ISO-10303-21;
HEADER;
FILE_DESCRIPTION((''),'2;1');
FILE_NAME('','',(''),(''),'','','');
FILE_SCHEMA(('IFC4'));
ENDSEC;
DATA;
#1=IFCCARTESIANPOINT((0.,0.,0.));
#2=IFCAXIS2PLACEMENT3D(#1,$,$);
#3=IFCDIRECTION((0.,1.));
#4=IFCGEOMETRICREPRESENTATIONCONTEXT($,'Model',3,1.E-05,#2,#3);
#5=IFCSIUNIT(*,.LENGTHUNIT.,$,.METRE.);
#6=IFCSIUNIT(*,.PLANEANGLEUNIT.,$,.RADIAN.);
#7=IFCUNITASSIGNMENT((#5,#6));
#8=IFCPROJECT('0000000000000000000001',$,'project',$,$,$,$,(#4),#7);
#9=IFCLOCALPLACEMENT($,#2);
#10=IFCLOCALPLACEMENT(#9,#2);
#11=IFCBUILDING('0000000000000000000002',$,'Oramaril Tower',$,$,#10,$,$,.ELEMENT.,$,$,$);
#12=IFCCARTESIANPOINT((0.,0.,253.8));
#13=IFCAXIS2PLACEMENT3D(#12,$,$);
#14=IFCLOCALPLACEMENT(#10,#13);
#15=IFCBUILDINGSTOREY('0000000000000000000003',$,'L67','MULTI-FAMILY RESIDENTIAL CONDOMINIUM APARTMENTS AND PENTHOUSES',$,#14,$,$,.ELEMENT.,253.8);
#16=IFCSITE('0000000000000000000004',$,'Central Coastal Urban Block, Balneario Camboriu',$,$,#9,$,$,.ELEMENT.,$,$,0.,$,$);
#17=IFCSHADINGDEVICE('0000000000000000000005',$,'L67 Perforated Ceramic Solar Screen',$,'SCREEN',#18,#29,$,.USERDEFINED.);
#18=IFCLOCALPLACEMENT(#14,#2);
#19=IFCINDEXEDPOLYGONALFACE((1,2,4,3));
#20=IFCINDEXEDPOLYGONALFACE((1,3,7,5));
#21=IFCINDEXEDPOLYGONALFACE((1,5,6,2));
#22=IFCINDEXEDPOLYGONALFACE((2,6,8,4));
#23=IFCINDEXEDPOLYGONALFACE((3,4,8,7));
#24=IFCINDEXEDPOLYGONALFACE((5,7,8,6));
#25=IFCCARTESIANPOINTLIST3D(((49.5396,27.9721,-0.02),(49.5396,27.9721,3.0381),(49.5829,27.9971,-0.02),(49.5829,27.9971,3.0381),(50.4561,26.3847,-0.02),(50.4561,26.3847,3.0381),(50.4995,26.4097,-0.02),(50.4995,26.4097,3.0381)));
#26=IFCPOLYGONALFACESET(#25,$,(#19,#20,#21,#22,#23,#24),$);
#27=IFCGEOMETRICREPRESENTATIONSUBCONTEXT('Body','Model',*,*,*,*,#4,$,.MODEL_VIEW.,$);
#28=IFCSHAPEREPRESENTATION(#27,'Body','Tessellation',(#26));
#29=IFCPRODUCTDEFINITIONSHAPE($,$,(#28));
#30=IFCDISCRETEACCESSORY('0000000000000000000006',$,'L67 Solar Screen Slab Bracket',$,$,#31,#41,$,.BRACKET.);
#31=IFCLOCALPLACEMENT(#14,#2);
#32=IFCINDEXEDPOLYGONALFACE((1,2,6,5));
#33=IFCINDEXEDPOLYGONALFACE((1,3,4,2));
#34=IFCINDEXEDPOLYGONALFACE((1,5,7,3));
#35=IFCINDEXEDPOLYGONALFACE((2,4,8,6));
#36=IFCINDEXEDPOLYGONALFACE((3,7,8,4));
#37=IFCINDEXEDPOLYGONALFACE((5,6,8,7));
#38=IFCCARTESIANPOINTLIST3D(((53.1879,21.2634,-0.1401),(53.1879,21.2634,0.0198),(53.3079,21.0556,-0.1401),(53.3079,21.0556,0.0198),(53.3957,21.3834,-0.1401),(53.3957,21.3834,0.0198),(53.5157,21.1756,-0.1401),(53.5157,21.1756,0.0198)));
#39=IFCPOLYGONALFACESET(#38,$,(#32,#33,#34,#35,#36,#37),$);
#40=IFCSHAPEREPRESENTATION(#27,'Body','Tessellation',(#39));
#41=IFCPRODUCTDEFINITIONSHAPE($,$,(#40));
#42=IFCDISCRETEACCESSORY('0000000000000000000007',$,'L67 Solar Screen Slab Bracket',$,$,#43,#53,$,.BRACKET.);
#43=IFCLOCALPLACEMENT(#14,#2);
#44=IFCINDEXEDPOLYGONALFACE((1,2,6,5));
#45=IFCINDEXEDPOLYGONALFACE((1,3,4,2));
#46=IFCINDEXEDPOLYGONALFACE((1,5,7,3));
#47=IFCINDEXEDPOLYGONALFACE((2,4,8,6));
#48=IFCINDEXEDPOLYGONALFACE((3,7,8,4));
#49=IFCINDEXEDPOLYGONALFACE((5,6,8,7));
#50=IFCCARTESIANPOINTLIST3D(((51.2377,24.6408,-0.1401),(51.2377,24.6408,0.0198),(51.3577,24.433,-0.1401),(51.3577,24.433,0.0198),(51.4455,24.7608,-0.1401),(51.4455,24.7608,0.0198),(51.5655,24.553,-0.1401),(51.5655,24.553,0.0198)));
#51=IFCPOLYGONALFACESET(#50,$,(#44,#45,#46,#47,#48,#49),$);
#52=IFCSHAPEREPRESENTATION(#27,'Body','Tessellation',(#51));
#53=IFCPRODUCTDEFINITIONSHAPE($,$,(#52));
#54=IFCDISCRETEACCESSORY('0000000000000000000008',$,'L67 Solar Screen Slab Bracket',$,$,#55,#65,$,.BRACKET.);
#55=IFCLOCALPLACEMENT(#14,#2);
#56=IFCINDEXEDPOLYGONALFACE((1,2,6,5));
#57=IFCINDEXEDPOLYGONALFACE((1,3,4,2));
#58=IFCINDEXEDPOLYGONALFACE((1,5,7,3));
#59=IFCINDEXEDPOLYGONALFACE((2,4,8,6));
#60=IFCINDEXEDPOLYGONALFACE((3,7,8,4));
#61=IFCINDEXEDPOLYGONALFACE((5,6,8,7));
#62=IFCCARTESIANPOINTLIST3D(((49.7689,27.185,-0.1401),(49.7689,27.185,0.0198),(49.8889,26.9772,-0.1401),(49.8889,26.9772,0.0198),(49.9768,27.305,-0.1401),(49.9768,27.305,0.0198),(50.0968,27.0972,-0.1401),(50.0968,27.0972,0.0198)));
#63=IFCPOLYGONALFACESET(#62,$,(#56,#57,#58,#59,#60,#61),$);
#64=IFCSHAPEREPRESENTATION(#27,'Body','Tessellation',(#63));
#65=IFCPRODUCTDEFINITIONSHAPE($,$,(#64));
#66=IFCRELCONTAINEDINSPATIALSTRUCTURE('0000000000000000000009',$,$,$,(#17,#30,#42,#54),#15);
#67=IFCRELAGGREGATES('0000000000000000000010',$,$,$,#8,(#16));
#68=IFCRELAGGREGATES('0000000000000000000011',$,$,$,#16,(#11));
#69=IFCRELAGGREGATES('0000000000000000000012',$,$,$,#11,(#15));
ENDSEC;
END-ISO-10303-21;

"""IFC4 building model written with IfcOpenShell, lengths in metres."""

from ifc_helpers import new_model, si_unit, direction, frame, origin, origin_2d, place, context, subcontext, project, spatial, rectangle, extrude, element, save


model = new_model("IFC4")

# Units and contexts
model_context = context("Model", 3, precision=1e-05, world=origin(), true_north=direction((0.0, 1.0)))
body_context = subcontext(model_context, "Body", "Model", "MODEL_VIEW")
ifc_project = project(units=[si_unit("LENGTHUNIT", "METRE"), si_unit("PLANEANGLEUNIT", "RADIAN")], contexts=[model_context])

# Site, building, storey
site_placement = place(None, origin())
site = spatial("IfcSite", under=ifc_project, at=site_placement, Name="Central Coastal Urban Block, Balneario Camboriu", CompositionType="ELEMENT", RefElevation=0.0)
building_placement = place(site_placement, origin())
building = spatial("IfcBuilding", under=site, at=building_placement, Name="Oramaril Tower", CompositionType="ELEMENT")
storey_placement = place(building_placement, frame((0.0, 0.0, 253.8)))
storey = spatial("IfcBuildingStorey", under=building, at=storey_placement, Name="L67", Description="MULTI-FAMILY RESIDENTIAL CONDOMINIUM APARTMENTS AND PENTHOUSES", CompositionType="ELEMENT", Elevation=253.8)

# Shading device
for number, where, z_axis, x_axis, name in (
    (1, (50.0195, 27.1909, -0.02), (0.0, 0.0, 1.0), (-0.500002, 0.866025, 0.0), "L67 Perforated Ceramic Solar Screen"),
):
    element("IfcShadingDevice", number, at=place(storey_placement, frame(where, z_axis=z_axis, x_axis=x_axis)), inside=storey, Name=name, ObjectType="SCREEN", PredefinedType="USERDEFINED", context=body_context, shape_type="SweptSolid", body=[
        extrude(rectangle(XDim=1.833, YDim=0.05, at=origin_2d()), origin(), (0.0, 0.0, 1.0), 3.0581),
    ])

# Discrete accessories
for number, where, z_axis, x_axis, name in (
    (2, (53.3518, 21.2195, -0.1401), (0.0, 0.0, 1.0), (-0.500002, 0.866025, 0.0), "L67 Solar Screen Slab Bracket"),
    (3, (51.4016, 24.5969, -0.1401), (0.0, 0.0, 1.0), (-0.500002, 0.866025, 0.0), "L67 Solar Screen Slab Bracket"),
    (4, (49.9329, 27.1411, -0.1401), (0.0, 0.0, 1.0), (-0.500002, 0.866025, 0.0), "L67 Solar Screen Slab Bracket"),
):
    element("IfcDiscreteAccessory", number, at=place(storey_placement, frame(where, z_axis=z_axis, x_axis=x_axis)), inside=storey, Name=name, PredefinedType="BRACKET", context=body_context, shape_type="SweptSolid", body=[
        extrude(rectangle(XDim=0.24, YDim=0.24, at=origin_2d()), origin(), (0.0, 0.0, 1.0), 0.1599),
    ])

save(model, "model.ifc")
